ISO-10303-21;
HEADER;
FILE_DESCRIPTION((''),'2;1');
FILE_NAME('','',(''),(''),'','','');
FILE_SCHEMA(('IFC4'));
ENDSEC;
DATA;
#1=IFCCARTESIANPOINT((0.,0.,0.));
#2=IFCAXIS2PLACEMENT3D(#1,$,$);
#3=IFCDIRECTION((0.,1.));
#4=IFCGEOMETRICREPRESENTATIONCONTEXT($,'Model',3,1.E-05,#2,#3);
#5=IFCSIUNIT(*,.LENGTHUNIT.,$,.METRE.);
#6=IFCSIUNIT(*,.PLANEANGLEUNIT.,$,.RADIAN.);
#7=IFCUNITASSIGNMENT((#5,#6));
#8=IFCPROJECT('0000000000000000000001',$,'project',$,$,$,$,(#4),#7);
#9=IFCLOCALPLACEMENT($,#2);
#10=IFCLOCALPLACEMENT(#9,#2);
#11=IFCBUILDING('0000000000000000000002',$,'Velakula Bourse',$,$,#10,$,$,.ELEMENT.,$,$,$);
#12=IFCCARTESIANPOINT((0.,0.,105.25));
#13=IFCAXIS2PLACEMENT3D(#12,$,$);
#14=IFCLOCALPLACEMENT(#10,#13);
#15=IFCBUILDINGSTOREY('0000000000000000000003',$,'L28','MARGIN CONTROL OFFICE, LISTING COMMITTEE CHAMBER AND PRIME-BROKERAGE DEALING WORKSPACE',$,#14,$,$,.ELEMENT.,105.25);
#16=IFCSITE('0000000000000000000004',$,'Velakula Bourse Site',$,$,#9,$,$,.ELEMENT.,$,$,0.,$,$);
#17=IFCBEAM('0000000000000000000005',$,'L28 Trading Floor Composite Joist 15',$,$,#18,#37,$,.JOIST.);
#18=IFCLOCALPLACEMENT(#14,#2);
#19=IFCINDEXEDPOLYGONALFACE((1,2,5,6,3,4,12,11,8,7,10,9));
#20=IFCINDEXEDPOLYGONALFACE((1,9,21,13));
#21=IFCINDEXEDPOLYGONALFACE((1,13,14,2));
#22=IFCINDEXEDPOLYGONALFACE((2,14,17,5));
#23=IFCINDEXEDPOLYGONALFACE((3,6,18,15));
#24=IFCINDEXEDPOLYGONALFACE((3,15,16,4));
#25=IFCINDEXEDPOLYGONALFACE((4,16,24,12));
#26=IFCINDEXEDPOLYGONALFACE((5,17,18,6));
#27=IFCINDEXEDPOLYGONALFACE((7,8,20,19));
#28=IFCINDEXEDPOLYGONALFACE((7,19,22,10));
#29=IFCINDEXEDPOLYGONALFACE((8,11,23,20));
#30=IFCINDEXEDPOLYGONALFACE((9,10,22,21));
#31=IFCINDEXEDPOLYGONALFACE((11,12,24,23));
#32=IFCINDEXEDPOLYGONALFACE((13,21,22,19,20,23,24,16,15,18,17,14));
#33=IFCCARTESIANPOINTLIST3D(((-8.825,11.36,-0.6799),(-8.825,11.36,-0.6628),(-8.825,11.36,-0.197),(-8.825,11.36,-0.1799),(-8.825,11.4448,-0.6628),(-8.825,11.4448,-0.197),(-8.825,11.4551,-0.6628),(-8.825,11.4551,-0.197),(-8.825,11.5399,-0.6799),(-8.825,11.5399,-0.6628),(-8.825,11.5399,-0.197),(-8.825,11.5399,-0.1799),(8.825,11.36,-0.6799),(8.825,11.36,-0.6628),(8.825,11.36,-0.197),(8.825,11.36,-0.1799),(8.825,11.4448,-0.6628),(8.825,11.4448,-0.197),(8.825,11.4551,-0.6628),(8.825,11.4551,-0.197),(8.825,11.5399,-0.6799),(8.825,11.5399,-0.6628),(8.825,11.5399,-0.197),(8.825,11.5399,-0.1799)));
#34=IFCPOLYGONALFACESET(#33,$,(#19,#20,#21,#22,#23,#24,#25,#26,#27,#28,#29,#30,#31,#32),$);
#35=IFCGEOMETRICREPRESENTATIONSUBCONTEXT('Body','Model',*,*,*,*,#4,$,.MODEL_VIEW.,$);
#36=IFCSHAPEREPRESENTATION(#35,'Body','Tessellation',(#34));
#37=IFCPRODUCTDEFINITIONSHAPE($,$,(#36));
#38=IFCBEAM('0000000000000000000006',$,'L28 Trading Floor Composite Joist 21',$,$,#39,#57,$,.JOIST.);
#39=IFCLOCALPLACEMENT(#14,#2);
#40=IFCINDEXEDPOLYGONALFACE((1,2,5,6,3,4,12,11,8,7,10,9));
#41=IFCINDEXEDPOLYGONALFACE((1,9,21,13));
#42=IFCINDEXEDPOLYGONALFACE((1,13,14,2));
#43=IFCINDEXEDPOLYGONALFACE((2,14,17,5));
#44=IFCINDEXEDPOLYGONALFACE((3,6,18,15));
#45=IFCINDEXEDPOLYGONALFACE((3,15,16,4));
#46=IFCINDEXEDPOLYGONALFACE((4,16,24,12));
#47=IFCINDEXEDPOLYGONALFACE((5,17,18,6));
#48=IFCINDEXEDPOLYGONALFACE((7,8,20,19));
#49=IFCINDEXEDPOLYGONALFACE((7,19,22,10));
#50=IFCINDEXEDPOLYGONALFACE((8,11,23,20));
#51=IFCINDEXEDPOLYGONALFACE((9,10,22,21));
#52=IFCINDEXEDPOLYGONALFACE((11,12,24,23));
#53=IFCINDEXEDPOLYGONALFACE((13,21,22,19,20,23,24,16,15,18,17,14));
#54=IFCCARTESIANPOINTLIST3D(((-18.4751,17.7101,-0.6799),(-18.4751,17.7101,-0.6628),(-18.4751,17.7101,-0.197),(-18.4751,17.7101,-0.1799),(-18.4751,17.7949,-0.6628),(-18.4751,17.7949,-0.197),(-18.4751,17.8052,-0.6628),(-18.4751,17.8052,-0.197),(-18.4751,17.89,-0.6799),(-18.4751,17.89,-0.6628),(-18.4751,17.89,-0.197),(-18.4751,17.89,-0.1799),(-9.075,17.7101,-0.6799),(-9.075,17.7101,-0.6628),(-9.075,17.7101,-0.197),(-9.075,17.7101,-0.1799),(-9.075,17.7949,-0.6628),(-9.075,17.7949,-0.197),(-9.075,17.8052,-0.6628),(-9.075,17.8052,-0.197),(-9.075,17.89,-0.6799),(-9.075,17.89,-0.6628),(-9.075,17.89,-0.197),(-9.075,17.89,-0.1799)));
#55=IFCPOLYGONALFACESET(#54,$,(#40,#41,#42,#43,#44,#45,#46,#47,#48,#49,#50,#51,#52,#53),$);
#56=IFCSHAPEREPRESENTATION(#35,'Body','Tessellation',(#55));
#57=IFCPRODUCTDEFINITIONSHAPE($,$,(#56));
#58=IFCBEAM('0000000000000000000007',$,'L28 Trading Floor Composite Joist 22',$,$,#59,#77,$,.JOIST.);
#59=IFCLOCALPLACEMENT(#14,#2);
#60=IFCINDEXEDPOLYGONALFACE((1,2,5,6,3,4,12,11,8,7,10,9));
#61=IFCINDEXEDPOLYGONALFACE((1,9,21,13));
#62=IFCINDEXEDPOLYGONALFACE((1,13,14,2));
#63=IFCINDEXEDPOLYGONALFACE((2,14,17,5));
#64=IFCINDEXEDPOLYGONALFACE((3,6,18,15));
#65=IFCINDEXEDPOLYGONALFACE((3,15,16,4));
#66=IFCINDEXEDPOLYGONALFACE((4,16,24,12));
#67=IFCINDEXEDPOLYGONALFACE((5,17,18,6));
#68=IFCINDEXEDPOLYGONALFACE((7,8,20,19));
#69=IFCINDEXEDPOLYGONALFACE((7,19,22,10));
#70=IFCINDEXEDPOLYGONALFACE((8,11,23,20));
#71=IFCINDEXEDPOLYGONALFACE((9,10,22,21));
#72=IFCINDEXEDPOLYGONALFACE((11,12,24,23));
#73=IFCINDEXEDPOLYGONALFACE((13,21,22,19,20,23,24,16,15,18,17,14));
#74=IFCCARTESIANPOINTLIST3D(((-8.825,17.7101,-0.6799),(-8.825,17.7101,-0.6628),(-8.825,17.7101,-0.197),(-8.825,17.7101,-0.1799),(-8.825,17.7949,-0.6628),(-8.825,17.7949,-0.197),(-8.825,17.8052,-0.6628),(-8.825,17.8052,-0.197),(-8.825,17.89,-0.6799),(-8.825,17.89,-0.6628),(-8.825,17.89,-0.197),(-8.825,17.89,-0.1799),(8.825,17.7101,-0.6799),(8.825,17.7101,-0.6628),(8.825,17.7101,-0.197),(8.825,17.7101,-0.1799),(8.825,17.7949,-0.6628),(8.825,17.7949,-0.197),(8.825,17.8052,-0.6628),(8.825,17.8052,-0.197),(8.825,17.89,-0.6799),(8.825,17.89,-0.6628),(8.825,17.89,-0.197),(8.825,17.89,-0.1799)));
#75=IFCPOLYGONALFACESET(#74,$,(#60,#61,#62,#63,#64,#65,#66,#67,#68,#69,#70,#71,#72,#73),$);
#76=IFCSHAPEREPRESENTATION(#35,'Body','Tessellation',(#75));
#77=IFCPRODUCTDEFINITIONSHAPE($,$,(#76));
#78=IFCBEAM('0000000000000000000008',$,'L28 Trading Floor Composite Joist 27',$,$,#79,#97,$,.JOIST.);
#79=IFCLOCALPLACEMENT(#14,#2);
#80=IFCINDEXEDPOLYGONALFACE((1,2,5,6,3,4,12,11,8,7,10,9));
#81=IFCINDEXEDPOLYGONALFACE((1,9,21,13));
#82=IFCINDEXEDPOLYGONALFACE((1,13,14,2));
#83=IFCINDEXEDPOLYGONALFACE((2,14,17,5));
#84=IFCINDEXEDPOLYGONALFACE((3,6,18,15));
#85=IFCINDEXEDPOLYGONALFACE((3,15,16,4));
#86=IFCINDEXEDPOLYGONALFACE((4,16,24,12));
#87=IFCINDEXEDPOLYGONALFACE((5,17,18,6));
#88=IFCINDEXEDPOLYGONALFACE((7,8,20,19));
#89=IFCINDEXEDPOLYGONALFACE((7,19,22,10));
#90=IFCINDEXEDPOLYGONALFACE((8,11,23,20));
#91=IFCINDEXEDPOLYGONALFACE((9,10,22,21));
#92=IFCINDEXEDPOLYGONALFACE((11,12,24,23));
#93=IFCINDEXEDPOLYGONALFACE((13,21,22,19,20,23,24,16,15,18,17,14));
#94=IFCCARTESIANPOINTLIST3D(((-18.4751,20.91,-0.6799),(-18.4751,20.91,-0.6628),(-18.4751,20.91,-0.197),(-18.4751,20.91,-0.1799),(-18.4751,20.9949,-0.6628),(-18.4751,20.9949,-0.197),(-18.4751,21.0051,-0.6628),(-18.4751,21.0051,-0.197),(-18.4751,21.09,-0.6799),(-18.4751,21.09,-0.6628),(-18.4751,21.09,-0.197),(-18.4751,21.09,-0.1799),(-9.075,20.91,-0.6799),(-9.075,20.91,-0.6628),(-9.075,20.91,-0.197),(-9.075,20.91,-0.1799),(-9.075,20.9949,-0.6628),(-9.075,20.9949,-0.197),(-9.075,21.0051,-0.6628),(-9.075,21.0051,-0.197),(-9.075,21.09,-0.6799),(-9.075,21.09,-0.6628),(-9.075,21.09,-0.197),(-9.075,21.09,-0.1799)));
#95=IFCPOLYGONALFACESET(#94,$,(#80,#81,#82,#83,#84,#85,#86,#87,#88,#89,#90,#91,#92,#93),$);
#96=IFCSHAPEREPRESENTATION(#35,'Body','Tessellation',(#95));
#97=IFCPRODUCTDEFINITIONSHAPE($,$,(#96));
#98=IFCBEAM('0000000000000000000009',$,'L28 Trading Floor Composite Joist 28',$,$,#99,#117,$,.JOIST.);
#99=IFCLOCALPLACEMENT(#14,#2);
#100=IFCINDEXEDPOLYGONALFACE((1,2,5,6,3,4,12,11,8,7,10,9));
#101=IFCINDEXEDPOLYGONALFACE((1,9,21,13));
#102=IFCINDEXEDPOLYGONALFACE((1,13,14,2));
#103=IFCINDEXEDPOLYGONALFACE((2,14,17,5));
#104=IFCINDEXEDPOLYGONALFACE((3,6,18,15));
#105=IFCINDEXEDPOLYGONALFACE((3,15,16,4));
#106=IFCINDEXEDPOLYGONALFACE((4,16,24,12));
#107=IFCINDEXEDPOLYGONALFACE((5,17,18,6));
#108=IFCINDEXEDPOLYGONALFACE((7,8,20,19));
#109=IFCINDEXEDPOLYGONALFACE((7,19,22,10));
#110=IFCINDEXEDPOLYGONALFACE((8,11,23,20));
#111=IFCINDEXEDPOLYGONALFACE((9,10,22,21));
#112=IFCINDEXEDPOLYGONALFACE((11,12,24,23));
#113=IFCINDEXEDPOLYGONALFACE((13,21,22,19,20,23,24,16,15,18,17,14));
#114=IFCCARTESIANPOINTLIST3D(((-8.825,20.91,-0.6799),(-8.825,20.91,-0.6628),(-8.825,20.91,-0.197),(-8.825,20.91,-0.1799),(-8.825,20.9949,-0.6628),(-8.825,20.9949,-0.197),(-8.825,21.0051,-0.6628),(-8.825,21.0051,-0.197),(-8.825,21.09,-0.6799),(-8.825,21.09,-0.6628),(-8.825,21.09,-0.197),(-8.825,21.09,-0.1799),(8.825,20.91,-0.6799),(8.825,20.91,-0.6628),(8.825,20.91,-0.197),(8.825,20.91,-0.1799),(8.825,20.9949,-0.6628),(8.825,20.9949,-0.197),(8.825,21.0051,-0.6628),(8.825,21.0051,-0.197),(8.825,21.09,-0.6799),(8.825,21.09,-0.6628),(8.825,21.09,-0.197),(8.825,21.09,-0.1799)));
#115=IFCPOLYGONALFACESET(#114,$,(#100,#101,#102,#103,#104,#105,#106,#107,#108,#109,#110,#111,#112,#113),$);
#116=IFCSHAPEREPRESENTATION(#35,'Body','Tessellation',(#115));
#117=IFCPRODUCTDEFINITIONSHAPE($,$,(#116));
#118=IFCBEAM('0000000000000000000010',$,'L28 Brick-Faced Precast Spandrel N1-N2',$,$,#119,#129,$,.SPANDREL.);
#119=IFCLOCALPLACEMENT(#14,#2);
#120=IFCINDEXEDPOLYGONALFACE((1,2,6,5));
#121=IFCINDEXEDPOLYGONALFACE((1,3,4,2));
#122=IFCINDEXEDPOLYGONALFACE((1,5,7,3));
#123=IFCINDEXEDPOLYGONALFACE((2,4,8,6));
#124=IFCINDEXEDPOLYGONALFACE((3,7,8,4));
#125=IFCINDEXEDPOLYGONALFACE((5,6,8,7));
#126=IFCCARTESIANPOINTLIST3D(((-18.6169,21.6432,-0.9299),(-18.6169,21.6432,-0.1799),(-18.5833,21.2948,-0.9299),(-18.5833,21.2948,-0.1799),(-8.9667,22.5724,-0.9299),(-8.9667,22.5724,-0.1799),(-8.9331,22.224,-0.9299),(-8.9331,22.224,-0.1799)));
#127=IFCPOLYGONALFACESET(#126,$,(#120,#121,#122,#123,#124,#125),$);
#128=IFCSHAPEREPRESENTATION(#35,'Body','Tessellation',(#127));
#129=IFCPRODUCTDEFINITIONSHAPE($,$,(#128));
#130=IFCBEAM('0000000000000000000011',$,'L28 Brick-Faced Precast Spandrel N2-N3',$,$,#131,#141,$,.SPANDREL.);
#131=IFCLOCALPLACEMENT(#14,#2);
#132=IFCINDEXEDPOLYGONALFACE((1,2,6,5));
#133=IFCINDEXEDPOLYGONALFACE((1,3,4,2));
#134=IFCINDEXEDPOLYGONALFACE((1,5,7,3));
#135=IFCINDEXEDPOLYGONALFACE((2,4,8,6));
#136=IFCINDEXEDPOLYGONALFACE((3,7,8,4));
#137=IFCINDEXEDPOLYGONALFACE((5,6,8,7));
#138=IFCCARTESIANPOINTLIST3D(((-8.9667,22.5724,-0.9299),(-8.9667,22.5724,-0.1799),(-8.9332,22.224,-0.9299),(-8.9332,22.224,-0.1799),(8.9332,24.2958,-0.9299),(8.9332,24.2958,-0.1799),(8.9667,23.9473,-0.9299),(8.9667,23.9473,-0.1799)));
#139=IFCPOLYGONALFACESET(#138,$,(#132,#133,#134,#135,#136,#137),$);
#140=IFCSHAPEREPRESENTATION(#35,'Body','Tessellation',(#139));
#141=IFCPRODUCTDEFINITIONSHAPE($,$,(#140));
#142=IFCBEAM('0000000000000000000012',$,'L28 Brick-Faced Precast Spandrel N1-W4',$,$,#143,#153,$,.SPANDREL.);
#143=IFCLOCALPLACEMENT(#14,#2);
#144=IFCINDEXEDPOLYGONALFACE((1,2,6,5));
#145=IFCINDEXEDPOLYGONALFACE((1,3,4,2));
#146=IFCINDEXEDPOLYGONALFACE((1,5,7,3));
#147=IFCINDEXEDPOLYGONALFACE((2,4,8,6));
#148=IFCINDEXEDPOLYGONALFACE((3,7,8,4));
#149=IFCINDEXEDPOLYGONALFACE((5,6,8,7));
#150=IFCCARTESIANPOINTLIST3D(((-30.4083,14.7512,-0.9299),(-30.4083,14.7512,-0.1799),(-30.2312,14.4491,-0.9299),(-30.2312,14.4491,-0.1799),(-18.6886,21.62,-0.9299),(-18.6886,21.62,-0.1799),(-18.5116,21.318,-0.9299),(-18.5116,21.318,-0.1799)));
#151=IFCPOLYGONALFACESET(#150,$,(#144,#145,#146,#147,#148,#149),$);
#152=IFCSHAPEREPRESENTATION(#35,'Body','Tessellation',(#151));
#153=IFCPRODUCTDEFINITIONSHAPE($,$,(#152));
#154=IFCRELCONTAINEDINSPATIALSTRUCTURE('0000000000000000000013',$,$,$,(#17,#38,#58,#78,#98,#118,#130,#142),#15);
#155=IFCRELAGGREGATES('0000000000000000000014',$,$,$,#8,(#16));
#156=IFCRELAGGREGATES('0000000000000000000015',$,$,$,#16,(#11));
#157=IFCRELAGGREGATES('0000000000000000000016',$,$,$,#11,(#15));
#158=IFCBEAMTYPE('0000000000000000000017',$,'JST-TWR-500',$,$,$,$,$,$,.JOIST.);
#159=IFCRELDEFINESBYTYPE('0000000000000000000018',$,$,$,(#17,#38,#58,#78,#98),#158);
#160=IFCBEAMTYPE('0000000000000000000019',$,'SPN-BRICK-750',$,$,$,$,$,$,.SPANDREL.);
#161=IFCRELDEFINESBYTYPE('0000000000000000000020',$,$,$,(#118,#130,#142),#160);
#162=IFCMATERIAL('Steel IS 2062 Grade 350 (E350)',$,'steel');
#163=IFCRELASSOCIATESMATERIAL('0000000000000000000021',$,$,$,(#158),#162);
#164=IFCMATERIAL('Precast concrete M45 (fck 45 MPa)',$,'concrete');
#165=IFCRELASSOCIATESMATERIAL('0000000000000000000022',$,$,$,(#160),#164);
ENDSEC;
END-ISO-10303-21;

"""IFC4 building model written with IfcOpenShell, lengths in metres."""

from ifc_helpers import new_model, si_unit, direction, frame, origin, origin_2d, place, context, subcontext, project, spatial, rectangle, i_section, extrude, material, material_profile, profile_set, type_object, element, save


model = new_model("IFC4")

# Units and contexts
model_context = context("Model", 3, precision=1e-05, world=origin(), true_north=direction((0.0, 1.0)))
body_context = subcontext(model_context, "Body", "Model", "MODEL_VIEW")
ifc_project = project(units=[si_unit("LENGTHUNIT", "METRE"), si_unit("PLANEANGLEUNIT", "RADIAN")], contexts=[model_context])

# Site, building, storey
site_placement = place(None, origin())
site = spatial("IfcSite", under=ifc_project, at=site_placement, Name="Velakula Bourse Site", CompositionType="ELEMENT", RefElevation=0.0)
building_placement = place(site_placement, origin())
building = spatial("IfcBuilding", under=site, at=building_placement, Name="Velakula Bourse", CompositionType="ELEMENT")
storey_placement = place(building_placement, frame((0.0, 0.0, 105.25)))
storey = spatial("IfcBuildingStorey", under=building, at=storey_placement, Name="L28", Description="MARGIN CONTROL OFFICE, LISTING COMMITTEE CHAMBER AND PRIME-BROKERAGE DEALING WORKSPACE", CompositionType="ELEMENT", Elevation=105.25)

# Beams
ifc_material_1 = material(Name="Steel IS 2062 Grade 350 (E350)", Category="steel")
ifc_material_profile_1 = material_profile(ifc_material_1, i_section(OverallWidth=0.1799, OverallDepth=0.5, WebThickness=0.0103, FlangeThickness=0.0171, at=origin_2d()), Name="Steel IS 2062 Grade 350 (E350)")
ifc_profile_set_1 = profile_set([ifc_material_profile_1], Name="Steel IS 2062 Grade 350 (E350)")
beam_type_1 = type_object("IfcBeamType", Name="JST-TWR-500", PredefinedType="JOIST", material=ifc_profile_set_1)
beam_1_placement = place(storey_placement, frame((-8.825, 11.45, -0.4299), z_axis=(1.0, 0.0, 0.0), x_axis=(0.0, 1.0, 0.0)))
element("IfcBeam", 1, at=beam_1_placement, inside=storey, type_object=beam_type_1, Name="L28 Trading Floor Composite Joist 15", PredefinedType="JOIST", context=body_context, shape_type="SweptSolid", body=[
    extrude(i_section(OverallWidth=0.1799, OverallDepth=0.5, WebThickness=0.0103, FlangeThickness=0.0171, at=origin_2d()), origin(), (0.0, 0.0, 1.0), 17.6499),
])
beam_2_placement = place(storey_placement, frame((-18.4751, 17.8, -0.4299), z_axis=(1.0, 0.0, 0.0), x_axis=(0.0, 1.0, 0.0)))
element("IfcBeam", 2, at=beam_2_placement, inside=storey, type_object=beam_type_1, Name="L28 Trading Floor Composite Joist 21", PredefinedType="JOIST", context=body_context, shape_type="SweptSolid", body=[
    extrude(i_section(OverallWidth=0.1799, OverallDepth=0.5, WebThickness=0.0103, FlangeThickness=0.0171, at=origin_2d()), origin(), (0.0, 0.0, 1.0), 9.4001),
])
beam_3_placement = place(storey_placement, frame((-8.825, 17.8, -0.4299), z_axis=(1.0, 0.0, 0.0), x_axis=(0.0, 1.0, 0.0)))
element("IfcBeam", 3, at=beam_3_placement, inside=storey, type_object=beam_type_1, Name="L28 Trading Floor Composite Joist 22", PredefinedType="JOIST", context=body_context, shape_type="SweptSolid", body=[
    extrude(i_section(OverallWidth=0.1799, OverallDepth=0.5, WebThickness=0.0103, FlangeThickness=0.0171, at=origin_2d()), origin(), (0.0, 0.0, 1.0), 17.6499),
])
beam_4_placement = place(storey_placement, frame((-18.4751, 21.0, -0.4299), z_axis=(1.0, 0.0, 0.0), x_axis=(0.0, 1.0, 0.0)))
element("IfcBeam", 4, at=beam_4_placement, inside=storey, type_object=beam_type_1, Name="L28 Trading Floor Composite Joist 27", PredefinedType="JOIST", context=body_context, shape_type="SweptSolid", body=[
    extrude(i_section(OverallWidth=0.1799, OverallDepth=0.5, WebThickness=0.0103, FlangeThickness=0.0171, at=origin_2d()), origin(), (0.0, 0.0, 1.0), 9.4001),
])
beam_5_placement = place(storey_placement, frame((-8.825, 21.0, -0.4299), z_axis=(1.0, 0.0, 0.0), x_axis=(0.0, 1.0, 0.0)))
element("IfcBeam", 5, at=beam_5_placement, inside=storey, type_object=beam_type_1, Name="L28 Trading Floor Composite Joist 28", PredefinedType="JOIST", context=body_context, shape_type="SweptSolid", body=[
    extrude(i_section(OverallWidth=0.1799, OverallDepth=0.5, WebThickness=0.0103, FlangeThickness=0.0171, at=origin_2d()), origin(), (0.0, 0.0, 1.0), 17.6499),
])
ifc_material_2 = material(Name="Precast concrete M45 (fck 45 MPa)", Category="concrete")
ifc_material_profile_2 = material_profile(ifc_material_2, rectangle(XDim=0.3501, YDim=0.75, at=origin_2d()), Name="Precast concrete M45 (fck 45 MPa)")
ifc_profile_set_2 = profile_set([ifc_material_profile_2], Name="Precast concrete M45 (fck 45 MPa)")
beam_type_2 = type_object("IfcBeamType", Name="SPN-BRICK-750", PredefinedType="SPANDREL", material=ifc_profile_set_2)
beam_6_placement = place(storey_placement, frame((-18.6001, 21.469, -0.5549), z_axis=(0.995396, 0.095845, 0.0), x_axis=(-0.095845, 0.995396, 0.0)))
element("IfcBeam", 6, at=beam_6_placement, inside=storey, type_object=beam_type_2, Name="L28 Brick-Faced Precast Spandrel N1-N2", PredefinedType="SPANDREL", context=body_context, shape_type="SweptSolid", body=[
    extrude(rectangle(XDim=0.3501, YDim=0.75, at=origin_2d()), origin(), (0.0, 0.0, 1.0), 9.6948),
])
beam_7_placement = place(storey_placement, frame((-8.95, 22.3982, -0.5549), z_axis=(0.995397, 0.095836, 0.0), x_axis=(-0.095836, 0.995397, 0.0)))
element("IfcBeam", 7, at=beam_7_placement, inside=storey, type_object=beam_type_2, Name="L28 Brick-Faced Precast Spandrel N2-N3", PredefinedType="SPANDREL", context=body_context, shape_type="SweptSolid", body=[
    extrude(rectangle(XDim=0.3501, YDim=0.75, at=origin_2d()), origin(), (0.0, 0.0, 1.0), 17.9827),
])
beam_8_placement = place(storey_placement, frame((-18.6001, 21.469, -0.5549), z_axis=(-0.862739, -0.505649, 0.0), x_axis=(0.505649, -0.862739, 0.0)))
element("IfcBeam", 8, at=beam_8_placement, inside=storey, type_object=beam_type_2, Name="L28 Brick-Faced Precast Spandrel N1-W4", PredefinedType="SPANDREL", context=body_context, shape_type="SweptSolid", body=[
    extrude(rectangle(XDim=0.3501, YDim=0.75, at=origin_2d()), origin(), (0.0, 0.0, 1.0), 13.5842),
])

save(model, "model.ifc")
